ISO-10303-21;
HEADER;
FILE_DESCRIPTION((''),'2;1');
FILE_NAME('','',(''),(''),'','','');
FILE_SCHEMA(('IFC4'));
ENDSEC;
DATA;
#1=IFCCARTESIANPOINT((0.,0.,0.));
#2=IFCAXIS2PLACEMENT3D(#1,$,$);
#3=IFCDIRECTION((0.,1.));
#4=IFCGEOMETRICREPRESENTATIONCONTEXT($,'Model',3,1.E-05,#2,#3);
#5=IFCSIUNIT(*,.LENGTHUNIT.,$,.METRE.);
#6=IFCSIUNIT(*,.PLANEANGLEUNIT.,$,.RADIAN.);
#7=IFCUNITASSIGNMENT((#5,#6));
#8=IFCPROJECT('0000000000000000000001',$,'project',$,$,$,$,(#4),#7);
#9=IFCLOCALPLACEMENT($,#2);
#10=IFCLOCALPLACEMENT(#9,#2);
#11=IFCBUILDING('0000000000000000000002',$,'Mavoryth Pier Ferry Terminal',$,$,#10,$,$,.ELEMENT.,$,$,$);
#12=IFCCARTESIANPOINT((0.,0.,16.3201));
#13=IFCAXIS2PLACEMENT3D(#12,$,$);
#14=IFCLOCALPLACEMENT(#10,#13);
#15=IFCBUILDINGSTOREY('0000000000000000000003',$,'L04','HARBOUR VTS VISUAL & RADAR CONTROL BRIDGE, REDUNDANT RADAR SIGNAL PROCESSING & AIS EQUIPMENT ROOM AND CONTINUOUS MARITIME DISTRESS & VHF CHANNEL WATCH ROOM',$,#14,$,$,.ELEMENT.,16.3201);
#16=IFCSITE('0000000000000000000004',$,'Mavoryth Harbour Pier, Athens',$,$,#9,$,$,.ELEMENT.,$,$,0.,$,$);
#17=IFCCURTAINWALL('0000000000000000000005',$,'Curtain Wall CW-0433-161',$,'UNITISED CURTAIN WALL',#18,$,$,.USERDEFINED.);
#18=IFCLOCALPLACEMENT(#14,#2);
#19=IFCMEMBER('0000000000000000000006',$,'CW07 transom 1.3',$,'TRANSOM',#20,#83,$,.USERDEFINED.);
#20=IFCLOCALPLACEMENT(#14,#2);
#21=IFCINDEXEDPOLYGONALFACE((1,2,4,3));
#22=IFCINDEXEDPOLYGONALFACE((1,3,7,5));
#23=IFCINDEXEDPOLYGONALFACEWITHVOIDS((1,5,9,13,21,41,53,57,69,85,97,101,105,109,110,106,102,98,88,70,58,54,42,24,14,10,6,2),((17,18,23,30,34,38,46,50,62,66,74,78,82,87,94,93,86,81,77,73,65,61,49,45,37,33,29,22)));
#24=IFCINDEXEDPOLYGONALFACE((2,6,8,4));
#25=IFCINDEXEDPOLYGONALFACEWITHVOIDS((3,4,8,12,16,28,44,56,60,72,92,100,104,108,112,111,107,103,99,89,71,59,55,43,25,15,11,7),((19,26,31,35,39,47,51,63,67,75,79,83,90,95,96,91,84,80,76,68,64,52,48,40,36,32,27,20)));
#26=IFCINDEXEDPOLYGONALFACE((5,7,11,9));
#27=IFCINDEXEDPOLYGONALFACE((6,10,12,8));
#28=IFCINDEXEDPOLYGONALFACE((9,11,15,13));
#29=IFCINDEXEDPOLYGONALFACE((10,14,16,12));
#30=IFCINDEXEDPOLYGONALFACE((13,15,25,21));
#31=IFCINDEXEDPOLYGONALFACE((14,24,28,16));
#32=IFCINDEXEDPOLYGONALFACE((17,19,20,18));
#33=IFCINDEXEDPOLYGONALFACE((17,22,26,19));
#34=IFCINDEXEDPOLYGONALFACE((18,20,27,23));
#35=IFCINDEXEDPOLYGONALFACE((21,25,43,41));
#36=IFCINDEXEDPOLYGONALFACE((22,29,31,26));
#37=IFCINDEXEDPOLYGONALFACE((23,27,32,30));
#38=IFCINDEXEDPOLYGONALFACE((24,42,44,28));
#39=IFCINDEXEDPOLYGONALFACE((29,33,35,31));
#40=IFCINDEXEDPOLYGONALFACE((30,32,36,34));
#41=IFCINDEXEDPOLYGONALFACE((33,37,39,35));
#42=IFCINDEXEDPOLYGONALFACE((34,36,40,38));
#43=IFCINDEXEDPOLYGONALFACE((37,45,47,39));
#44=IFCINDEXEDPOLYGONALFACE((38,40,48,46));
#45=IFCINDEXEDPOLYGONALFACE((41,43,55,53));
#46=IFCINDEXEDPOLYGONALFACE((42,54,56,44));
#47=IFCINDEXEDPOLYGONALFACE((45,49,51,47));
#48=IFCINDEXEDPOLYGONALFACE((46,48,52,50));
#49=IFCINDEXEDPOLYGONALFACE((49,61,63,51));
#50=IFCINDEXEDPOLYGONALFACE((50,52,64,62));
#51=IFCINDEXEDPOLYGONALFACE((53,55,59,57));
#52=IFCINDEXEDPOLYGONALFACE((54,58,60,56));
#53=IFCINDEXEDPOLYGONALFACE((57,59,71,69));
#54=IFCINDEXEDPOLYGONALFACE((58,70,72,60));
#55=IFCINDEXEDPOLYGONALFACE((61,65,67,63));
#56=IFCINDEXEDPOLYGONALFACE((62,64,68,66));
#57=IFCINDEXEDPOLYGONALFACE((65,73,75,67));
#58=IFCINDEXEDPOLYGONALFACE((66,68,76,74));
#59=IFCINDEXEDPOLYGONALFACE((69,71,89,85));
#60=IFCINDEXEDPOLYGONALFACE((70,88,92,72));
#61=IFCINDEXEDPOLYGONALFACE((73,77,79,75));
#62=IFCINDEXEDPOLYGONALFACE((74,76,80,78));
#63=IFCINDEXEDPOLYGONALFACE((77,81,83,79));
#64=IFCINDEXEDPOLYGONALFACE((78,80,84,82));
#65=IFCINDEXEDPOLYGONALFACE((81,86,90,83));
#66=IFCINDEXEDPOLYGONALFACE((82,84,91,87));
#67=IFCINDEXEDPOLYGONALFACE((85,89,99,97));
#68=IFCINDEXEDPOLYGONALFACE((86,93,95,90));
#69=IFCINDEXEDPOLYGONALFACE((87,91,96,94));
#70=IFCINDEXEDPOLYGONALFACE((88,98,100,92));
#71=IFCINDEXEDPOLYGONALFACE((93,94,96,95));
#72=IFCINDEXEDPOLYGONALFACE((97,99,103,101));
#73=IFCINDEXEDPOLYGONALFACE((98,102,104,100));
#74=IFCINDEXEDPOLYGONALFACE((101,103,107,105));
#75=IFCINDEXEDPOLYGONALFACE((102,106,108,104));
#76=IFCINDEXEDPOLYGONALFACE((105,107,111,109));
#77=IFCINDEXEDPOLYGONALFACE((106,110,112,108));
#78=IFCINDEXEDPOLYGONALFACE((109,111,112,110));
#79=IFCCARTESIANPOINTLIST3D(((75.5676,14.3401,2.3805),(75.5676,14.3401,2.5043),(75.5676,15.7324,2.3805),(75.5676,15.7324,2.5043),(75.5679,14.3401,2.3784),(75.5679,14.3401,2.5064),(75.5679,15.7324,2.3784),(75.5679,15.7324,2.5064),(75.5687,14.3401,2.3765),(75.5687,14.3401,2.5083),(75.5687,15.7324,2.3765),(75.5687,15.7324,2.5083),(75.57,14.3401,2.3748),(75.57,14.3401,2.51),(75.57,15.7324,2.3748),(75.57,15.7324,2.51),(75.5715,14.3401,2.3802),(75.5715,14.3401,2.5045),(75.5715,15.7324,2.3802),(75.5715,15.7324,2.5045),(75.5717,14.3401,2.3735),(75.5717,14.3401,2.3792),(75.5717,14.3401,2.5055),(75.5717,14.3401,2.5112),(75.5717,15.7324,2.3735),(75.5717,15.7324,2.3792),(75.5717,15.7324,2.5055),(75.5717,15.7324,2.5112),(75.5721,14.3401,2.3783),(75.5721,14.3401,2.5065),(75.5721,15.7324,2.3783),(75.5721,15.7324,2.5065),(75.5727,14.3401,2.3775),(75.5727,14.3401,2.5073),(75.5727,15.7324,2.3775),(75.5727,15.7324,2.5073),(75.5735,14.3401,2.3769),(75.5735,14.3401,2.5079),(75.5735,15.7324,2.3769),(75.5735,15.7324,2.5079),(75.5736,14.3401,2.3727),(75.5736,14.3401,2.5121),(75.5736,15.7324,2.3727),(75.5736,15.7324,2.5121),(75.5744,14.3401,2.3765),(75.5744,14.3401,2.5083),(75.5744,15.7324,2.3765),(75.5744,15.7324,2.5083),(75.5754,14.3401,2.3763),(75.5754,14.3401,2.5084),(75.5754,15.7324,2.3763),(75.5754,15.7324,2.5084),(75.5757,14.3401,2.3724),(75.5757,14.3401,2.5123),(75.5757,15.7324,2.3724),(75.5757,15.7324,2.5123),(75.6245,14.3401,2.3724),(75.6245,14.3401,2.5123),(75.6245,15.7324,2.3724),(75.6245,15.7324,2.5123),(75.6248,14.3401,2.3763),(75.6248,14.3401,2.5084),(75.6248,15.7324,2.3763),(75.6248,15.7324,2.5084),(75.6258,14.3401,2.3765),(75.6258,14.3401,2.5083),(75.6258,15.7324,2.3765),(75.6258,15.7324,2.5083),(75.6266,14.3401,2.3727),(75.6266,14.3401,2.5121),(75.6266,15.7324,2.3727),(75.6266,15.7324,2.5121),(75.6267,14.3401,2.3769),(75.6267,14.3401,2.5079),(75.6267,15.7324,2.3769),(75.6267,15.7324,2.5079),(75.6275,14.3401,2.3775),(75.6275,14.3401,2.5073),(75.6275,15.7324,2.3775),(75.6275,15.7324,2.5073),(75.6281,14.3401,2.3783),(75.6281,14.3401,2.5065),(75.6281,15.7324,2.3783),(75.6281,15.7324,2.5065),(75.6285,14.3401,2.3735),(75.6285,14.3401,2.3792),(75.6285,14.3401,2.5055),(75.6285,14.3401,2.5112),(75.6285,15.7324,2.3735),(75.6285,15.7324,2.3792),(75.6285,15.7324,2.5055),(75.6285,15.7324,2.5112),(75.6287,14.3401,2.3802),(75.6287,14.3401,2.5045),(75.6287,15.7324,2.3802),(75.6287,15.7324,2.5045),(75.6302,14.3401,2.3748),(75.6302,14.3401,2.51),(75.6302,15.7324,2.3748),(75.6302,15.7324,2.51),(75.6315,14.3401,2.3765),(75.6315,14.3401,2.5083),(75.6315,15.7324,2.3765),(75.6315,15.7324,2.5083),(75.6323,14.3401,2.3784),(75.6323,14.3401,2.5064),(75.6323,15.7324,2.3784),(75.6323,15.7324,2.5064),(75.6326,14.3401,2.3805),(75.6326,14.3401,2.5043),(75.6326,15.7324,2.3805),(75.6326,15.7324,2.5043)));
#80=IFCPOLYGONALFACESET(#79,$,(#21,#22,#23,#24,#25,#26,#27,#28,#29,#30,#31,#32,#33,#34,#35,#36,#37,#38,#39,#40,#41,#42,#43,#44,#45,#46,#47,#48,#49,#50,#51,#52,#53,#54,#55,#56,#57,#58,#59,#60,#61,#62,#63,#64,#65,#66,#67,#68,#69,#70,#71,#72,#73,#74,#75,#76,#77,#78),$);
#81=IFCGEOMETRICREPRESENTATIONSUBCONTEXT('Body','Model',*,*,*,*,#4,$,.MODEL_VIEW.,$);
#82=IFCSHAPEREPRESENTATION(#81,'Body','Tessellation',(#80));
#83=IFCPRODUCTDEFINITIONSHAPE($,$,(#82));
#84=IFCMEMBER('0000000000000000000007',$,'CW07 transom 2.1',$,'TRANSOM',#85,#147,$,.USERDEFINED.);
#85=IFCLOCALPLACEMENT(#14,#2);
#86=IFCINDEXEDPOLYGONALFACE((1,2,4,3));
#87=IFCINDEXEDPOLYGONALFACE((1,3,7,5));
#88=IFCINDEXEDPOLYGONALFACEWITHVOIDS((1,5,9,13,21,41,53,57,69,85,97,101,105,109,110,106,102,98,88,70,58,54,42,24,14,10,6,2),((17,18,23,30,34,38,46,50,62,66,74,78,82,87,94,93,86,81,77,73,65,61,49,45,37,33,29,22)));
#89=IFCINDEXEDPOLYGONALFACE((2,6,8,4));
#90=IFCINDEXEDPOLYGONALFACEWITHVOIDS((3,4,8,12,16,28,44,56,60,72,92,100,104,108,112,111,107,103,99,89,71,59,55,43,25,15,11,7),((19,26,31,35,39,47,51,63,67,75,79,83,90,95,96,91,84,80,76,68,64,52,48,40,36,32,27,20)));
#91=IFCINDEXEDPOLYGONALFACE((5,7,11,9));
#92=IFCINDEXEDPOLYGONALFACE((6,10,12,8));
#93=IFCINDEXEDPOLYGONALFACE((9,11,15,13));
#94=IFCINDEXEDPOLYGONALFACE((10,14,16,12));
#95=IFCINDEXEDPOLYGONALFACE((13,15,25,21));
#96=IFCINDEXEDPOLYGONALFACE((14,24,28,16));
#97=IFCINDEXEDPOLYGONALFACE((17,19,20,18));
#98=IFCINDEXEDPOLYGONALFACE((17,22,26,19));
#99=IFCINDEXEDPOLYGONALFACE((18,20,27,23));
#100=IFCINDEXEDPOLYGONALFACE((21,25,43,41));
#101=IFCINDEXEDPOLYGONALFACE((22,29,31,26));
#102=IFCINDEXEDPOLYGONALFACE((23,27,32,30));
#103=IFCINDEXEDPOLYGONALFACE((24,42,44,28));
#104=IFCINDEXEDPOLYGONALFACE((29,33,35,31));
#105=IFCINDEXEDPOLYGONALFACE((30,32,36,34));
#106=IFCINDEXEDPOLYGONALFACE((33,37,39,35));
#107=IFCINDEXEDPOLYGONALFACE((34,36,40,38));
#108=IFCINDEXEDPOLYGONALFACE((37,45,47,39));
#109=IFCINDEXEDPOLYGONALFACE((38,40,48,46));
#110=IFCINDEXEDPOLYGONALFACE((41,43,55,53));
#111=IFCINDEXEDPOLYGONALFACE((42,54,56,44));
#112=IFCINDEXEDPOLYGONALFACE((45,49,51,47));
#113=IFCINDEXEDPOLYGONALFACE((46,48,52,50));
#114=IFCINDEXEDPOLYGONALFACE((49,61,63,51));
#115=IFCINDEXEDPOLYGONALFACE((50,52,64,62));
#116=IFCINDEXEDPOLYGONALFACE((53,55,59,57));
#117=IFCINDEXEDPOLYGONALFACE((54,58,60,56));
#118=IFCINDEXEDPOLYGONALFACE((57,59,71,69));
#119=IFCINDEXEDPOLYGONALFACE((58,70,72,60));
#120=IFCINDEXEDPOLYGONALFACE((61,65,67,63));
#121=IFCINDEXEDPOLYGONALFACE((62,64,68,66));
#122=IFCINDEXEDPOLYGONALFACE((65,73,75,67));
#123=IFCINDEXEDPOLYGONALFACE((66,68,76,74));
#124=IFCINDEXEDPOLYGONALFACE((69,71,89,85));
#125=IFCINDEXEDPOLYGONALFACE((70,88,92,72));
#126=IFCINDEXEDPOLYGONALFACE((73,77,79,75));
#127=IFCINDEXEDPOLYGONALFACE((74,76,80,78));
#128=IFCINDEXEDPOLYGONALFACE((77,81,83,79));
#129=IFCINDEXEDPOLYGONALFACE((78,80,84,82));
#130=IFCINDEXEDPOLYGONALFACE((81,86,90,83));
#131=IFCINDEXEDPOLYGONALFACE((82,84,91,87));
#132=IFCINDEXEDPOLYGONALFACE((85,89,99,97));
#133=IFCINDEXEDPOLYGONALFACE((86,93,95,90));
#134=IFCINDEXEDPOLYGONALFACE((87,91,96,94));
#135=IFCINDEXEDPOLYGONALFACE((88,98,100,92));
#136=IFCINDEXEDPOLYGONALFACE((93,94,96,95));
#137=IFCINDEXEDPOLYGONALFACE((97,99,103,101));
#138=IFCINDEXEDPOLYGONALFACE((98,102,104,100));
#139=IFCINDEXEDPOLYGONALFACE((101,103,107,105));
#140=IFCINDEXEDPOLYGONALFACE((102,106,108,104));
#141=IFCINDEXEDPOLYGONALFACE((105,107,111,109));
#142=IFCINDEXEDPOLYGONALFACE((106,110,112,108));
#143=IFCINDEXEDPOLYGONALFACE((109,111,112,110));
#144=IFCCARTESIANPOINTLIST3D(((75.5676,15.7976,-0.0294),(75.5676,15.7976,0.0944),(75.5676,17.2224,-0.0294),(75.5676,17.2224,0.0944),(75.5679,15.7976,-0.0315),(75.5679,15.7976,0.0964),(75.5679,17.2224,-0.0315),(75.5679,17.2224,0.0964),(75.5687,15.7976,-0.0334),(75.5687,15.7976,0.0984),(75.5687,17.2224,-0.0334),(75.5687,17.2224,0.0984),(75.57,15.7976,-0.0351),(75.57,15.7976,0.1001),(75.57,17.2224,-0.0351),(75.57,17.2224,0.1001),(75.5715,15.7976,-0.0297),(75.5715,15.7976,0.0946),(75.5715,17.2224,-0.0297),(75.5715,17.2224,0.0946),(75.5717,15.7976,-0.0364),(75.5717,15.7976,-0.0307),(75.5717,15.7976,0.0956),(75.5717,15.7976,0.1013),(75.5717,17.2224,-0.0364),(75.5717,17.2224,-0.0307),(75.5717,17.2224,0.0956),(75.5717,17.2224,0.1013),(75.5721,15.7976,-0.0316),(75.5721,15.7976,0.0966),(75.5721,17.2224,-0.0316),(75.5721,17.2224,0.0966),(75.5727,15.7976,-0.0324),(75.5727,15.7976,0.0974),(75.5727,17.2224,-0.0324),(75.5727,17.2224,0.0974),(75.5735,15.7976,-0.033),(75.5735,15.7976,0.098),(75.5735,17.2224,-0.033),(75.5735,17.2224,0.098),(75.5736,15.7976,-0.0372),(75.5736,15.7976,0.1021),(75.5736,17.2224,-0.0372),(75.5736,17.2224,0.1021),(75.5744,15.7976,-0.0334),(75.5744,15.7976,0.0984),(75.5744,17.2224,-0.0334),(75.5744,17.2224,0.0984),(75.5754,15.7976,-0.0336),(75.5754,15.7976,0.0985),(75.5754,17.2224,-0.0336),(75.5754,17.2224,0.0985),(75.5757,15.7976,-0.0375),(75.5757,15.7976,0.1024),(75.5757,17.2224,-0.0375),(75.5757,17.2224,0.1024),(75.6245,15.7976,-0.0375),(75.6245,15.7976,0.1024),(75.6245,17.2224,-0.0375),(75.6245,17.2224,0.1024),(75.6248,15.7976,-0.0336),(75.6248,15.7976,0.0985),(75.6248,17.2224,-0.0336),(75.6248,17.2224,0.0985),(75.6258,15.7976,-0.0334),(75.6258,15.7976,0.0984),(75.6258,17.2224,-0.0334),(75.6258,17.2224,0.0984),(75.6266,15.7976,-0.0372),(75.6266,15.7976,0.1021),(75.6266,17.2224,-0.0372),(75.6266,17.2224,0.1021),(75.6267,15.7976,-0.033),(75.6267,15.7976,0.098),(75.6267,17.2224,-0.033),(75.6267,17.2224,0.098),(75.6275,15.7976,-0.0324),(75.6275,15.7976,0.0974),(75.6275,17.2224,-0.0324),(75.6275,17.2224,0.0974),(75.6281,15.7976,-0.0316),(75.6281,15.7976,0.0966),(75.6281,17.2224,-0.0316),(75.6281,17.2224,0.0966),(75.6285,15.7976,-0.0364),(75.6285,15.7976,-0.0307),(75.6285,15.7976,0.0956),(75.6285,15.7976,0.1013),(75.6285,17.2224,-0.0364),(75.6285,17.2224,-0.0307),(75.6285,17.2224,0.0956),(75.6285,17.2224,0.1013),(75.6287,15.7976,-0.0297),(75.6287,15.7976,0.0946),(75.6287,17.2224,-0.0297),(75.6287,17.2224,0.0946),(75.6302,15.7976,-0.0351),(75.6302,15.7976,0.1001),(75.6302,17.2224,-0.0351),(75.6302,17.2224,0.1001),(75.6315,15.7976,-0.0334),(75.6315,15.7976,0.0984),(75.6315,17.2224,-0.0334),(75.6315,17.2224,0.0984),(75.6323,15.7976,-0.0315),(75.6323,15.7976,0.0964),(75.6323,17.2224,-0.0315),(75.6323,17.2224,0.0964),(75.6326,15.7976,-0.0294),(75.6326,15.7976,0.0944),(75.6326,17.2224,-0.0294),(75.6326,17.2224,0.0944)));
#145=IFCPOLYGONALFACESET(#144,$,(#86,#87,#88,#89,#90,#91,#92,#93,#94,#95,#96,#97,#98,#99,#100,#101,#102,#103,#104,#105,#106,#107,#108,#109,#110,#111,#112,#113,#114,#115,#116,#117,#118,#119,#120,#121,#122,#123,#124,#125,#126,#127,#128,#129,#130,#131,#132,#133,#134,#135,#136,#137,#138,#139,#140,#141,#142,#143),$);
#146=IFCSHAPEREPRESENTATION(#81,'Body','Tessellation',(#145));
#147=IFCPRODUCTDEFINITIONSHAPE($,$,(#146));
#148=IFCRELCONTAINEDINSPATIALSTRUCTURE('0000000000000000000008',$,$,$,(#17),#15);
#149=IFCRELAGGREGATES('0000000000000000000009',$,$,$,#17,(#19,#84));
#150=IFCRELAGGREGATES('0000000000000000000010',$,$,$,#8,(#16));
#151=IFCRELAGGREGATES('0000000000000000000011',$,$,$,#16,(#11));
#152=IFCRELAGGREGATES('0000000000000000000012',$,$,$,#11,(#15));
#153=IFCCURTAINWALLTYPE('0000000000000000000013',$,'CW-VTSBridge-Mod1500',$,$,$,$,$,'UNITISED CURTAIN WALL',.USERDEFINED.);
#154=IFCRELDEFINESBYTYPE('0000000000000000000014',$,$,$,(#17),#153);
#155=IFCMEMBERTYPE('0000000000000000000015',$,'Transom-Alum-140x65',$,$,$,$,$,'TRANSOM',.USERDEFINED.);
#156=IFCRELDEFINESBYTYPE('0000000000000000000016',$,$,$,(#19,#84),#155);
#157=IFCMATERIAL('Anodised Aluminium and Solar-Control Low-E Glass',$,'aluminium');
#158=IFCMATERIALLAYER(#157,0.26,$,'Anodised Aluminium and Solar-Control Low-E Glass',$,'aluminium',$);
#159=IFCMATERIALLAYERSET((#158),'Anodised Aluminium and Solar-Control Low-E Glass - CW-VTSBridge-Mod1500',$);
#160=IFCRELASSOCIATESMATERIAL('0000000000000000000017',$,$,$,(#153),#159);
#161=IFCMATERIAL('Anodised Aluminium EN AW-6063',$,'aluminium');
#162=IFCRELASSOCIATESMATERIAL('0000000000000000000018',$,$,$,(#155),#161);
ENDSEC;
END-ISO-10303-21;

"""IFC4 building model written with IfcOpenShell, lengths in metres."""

from ifc_helpers import new_model, si_unit, direction, frame, origin, origin_2d, place, context, subcontext, project, spatial, hollow_rectangle, extrude, material, layer, layer_set, material_profile, profile_set, type_object, element, aggregate, save


model = new_model("IFC4")

# Units and contexts
model_context = context("Model", 3, precision=1e-05, world=origin(), true_north=direction((0.0, 1.0)))
body_context = subcontext(model_context, "Body", "Model", "MODEL_VIEW")
ifc_project = project(units=[si_unit("LENGTHUNIT", "METRE"), si_unit("PLANEANGLEUNIT", "RADIAN")], contexts=[model_context])

# Site, building, storey
site_placement = place(None, origin())
site = spatial("IfcSite", under=ifc_project, at=site_placement, Name="Mavoryth Harbour Pier, Athens", CompositionType="ELEMENT", RefElevation=0.0)
building_placement = place(site_placement, origin())
building = spatial("IfcBuilding", under=site, at=building_placement, Name="Mavoryth Pier Ferry Terminal", CompositionType="ELEMENT")
storey_placement = place(building_placement, frame((0.0, 0.0, 16.3201)))
storey = spatial("IfcBuildingStorey", under=building, at=storey_placement, Name="L04", Description="HARBOUR VTS VISUAL & RADAR CONTROL BRIDGE, REDUNDANT RADAR SIGNAL PROCESSING & AIS EQUIPMENT ROOM AND CONTINUOUS MARITIME DISTRESS & VHF CHANNEL WATCH ROOM", CompositionType="ELEMENT", Elevation=16.3201)

# Curtain wall, members
ifc_material_1 = material(Name="Anodised Aluminium and Solar-Control Low-E Glass", Category="aluminium")
ifc_layer_1 = layer(ifc_material_1, 0.26, Name="Anodised Aluminium and Solar-Control Low-E Glass", Category="aluminium")
ifc_layer_set_1 = layer_set([ifc_layer_1], Name="Anodised Aluminium and Solar-Control Low-E Glass - CW-VTSBridge-Mod1500")
curtain_wall_type = type_object("IfcCurtainWallType", Name="CW-VTSBridge-Mod1500", ElementType="UNITISED CURTAIN WALL", PredefinedType="USERDEFINED", material=ifc_layer_set_1)
curtain_wall_placement = place(storey_placement, origin())
curtain_wall = element("IfcCurtainWall", 1, at=curtain_wall_placement, inside=storey, type_object=curtain_wall_type, Name="Curtain Wall CW-0433-161", ObjectType="UNITISED CURTAIN WALL", PredefinedType="USERDEFINED")
ifc_material_2 = material(Name="Anodised Aluminium EN AW-6063", Category="aluminium")
ifc_material_profile_1 = material_profile(ifc_material_2, hollow_rectangle(XDim=0.0649, YDim=0.1399, WallThickness=0.0039, InnerFilletRadius=0.0039, OuterFilletRadius=0.0081, at=origin_2d()), Name="AL-TRAN 140x65x4", Category="aluminium")
ifc_profile_set_1 = profile_set([ifc_material_profile_1], Name="Anodised Aluminium EN AW-6063 - AL-TRAN 140x65x4")
member_type_1 = type_object("IfcMemberType", Name="Transom-Alum-140x65", ElementType="TRANSOM", PredefinedType="USERDEFINED", material=ifc_profile_set_1)
member_1_placement = place(storey_placement, frame((75.6001, 14.3401, 2.4424), z_axis=(0.0, 1.0, 0.0), x_axis=(-1.0, 0.0, 0.0)))
member_1 = element("IfcMember", 2, at=member_1_placement, type_object=member_type_1, Name="CW07 transom 1.3", ObjectType="TRANSOM", PredefinedType="USERDEFINED", context=body_context, shape_type="SweptSolid", body=[
    extrude(hollow_rectangle(XDim=0.0649, YDim=0.1399, WallThickness=0.0039, InnerFilletRadius=0.0039, OuterFilletRadius=0.0081, at=origin_2d()), origin(), (0.0, 0.0, 1.0), 1.3923),
])
member_2_placement = place(storey_placement, frame((75.6001, 15.7976, 0.0325), z_axis=(0.0, 1.0, 0.0), x_axis=(-1.0, 0.0, 0.0)))
member_2 = element("IfcMember", 3, at=member_2_placement, type_object=member_type_1, Name="CW07 transom 2.1", ObjectType="TRANSOM", PredefinedType="USERDEFINED", context=body_context, shape_type="SweptSolid", body=[
    extrude(hollow_rectangle(XDim=0.0649, YDim=0.1399, WallThickness=0.0039, InnerFilletRadius=0.0039, OuterFilletRadius=0.0081, at=origin_2d()), origin(), (0.0, 0.0, 1.0), 1.4248),
])
aggregate(curtain_wall, [member_1, member_2])

save(model, "model.ifc")
